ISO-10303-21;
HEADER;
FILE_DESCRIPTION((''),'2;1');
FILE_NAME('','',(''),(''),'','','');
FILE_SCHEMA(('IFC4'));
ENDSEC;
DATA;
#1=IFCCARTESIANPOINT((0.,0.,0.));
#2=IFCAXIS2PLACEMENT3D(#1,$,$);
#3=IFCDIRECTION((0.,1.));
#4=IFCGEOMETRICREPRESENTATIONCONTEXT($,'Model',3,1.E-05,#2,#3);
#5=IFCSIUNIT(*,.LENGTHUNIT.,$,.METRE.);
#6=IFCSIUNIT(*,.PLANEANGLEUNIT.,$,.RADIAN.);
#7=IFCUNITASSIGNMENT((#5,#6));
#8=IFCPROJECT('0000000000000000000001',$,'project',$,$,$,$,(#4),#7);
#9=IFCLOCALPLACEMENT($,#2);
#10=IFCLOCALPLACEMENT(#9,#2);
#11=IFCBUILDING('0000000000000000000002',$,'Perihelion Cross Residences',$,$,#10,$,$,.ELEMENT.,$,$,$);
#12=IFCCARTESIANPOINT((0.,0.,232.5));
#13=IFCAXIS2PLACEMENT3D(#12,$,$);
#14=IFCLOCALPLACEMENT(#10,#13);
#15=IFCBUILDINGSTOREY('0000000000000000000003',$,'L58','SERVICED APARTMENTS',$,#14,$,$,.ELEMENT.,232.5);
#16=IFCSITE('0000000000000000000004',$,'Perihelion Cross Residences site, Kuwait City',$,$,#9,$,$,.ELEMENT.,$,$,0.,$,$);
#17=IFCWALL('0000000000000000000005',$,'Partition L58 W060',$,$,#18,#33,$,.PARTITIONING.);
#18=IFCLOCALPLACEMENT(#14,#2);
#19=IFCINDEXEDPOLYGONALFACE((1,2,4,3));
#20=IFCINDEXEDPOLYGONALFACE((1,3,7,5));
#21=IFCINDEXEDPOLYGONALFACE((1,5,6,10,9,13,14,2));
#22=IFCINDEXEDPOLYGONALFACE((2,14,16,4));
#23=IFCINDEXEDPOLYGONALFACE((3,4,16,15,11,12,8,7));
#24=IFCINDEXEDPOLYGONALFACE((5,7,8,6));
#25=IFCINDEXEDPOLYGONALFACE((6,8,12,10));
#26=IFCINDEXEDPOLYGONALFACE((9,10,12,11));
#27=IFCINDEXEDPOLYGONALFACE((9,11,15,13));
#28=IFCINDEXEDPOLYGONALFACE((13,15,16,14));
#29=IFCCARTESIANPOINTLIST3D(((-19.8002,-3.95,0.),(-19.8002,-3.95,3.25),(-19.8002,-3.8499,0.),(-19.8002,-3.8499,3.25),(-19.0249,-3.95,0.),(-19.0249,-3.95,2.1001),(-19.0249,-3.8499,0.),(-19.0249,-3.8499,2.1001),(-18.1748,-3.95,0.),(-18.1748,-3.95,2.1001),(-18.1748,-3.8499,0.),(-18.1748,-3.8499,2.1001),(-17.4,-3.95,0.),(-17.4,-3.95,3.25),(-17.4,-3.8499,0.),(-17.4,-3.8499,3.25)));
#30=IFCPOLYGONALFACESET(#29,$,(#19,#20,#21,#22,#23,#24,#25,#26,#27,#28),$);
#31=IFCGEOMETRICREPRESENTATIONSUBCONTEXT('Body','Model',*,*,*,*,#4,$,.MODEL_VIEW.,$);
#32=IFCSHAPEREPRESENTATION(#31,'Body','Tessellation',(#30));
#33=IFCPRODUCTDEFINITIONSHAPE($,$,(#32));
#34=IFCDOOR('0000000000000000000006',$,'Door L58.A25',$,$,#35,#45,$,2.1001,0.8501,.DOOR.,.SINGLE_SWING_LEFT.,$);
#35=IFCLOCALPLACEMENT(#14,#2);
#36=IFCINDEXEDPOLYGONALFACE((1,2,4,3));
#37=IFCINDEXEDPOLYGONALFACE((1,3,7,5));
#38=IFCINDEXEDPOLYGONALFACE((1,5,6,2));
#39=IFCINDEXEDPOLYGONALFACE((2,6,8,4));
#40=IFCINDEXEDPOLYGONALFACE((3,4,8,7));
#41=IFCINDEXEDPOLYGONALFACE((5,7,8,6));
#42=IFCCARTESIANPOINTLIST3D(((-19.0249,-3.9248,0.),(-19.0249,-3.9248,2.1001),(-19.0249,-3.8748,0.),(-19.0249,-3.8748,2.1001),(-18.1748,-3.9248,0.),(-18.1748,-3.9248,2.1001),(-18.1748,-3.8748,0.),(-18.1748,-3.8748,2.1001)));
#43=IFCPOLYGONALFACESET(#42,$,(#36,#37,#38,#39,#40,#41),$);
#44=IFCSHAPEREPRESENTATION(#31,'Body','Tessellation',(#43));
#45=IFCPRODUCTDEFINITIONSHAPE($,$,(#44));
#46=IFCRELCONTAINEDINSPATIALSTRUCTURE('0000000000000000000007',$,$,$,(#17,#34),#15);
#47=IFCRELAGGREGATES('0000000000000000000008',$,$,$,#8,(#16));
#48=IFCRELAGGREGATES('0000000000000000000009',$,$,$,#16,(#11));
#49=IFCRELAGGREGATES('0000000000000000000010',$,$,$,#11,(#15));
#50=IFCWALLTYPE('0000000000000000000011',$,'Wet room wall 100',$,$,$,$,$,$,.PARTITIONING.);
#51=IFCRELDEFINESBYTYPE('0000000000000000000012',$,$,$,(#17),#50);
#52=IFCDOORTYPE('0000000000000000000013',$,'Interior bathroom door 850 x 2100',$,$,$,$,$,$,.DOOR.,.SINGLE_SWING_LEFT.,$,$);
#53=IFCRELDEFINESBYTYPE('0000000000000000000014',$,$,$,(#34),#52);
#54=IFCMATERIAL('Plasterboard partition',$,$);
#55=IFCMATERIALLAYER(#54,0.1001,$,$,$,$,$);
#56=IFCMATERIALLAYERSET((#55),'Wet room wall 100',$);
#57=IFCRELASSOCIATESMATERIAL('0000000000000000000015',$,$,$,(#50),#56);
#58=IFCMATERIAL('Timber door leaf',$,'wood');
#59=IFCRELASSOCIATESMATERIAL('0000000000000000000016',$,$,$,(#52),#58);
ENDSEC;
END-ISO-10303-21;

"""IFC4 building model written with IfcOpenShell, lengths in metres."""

from ifc_helpers import new_model, si_unit, direction, frame, frame_2d, origin, place, context, subcontext, project, spatial, rectangle, extrude, material, layer, layer_set, type_object, element, fill, save


model = new_model("IFC4")

# Units and contexts
model_context = context("Model", 3, precision=1e-05, world=origin(), true_north=direction((0.0, 1.0)))
body_context = subcontext(model_context, "Body", "Model", "MODEL_VIEW")
ifc_project = project(units=[si_unit("LENGTHUNIT", "METRE"), si_unit("PLANEANGLEUNIT", "RADIAN")], contexts=[model_context])

# Site, building, storey
site_placement = place(None, origin())
site = spatial("IfcSite", under=ifc_project, at=site_placement, Name="Perihelion Cross Residences site, Kuwait City", CompositionType="ELEMENT", RefElevation=0.0)
building_placement = place(site_placement, origin())
building = spatial("IfcBuilding", under=site, at=building_placement, Name="Perihelion Cross Residences", CompositionType="ELEMENT")
storey_placement = place(building_placement, frame((0.0, 0.0, 232.5)))
storey = spatial("IfcBuildingStorey", under=building, at=storey_placement, Name="L58", Description="SERVICED APARTMENTS", CompositionType="ELEMENT", Elevation=232.5)

# Wall, opening, door
ifc_material_1 = material(Name="Plasterboard partition")
ifc_layer_1 = layer(ifc_material_1, 0.1001)
ifc_layer_set_1 = layer_set([ifc_layer_1], Name="Wet room wall 100")
wall_type_1 = type_object("IfcWallType", Name="Wet room wall 100", PredefinedType="PARTITIONING", material=ifc_layer_set_1)
wall_1_placement = place(storey_placement, frame((-17.3999, -3.8999, 0.0), z_axis=(0.0, 0.0, 1.0), x_axis=(-1.0, 0.0, 0.0)))
wall_1 = element("IfcWall", 1, at=wall_1_placement, inside=storey, type_object=wall_type_1, Name="Partition L58 W060", PredefinedType="PARTITIONING", context=body_context, shape_type="SweptSolid", body=[
    extrude(rectangle(XDim=2.4001, YDim=0.1001, at=frame_2d((1.2002, 0.0))), origin(), (0.0, 0.0, 1.0), 3.25),
])
opening_1_placement = place(wall_1_placement, frame((0.7749, 0.0, 0.0)))
opening_1 = element("IfcOpeningElement", 2, at=opening_1_placement, cuts=wall_1, PredefinedType="OPENING", context=body_context, shape_type="SweptSolid", body=[
    extrude(rectangle(XDim=0.8501, YDim=2.1001, at=frame_2d((0.425, 1.05))), frame((0.0, 0.0601, 0.0), z_axis=(0.0, -1.0, 0.0), x_axis=(1.0, 0.0, 0.0)), (0.0, 0.0, 1.0), 0.1201),
])
ifc_material_2 = material(Name="Timber door leaf", Category="wood")
door_type_1 = type_object("IfcDoorType", Name="Interior bathroom door 850 x 2100", OperationType="SINGLE_SWING_LEFT", PredefinedType="DOOR", material=ifc_material_2)
door_1_placement = place(opening_1_placement, origin())
door_1 = element("IfcDoor", 3, at=door_1_placement, inside=storey, type_object=door_type_1, Name="Door L58.A25", OperationType="SINGLE_SWING_LEFT", OverallHeight=2.1001, OverallWidth=0.8501, PredefinedType="DOOR", context=body_context, shape_type="SweptSolid", body=[
    extrude(rectangle(XDim=0.8501, YDim=2.1001, at=frame_2d((0.425, 1.05))), frame((0.0, 0.0249, 0.0), z_axis=(0.0, -1.0, 0.0), x_axis=(1.0, 0.0, 0.0)), (0.0, 0.0, 1.0), 0.05),
])
fill(opening_1, door_1)

save(model, "model.ifc")
